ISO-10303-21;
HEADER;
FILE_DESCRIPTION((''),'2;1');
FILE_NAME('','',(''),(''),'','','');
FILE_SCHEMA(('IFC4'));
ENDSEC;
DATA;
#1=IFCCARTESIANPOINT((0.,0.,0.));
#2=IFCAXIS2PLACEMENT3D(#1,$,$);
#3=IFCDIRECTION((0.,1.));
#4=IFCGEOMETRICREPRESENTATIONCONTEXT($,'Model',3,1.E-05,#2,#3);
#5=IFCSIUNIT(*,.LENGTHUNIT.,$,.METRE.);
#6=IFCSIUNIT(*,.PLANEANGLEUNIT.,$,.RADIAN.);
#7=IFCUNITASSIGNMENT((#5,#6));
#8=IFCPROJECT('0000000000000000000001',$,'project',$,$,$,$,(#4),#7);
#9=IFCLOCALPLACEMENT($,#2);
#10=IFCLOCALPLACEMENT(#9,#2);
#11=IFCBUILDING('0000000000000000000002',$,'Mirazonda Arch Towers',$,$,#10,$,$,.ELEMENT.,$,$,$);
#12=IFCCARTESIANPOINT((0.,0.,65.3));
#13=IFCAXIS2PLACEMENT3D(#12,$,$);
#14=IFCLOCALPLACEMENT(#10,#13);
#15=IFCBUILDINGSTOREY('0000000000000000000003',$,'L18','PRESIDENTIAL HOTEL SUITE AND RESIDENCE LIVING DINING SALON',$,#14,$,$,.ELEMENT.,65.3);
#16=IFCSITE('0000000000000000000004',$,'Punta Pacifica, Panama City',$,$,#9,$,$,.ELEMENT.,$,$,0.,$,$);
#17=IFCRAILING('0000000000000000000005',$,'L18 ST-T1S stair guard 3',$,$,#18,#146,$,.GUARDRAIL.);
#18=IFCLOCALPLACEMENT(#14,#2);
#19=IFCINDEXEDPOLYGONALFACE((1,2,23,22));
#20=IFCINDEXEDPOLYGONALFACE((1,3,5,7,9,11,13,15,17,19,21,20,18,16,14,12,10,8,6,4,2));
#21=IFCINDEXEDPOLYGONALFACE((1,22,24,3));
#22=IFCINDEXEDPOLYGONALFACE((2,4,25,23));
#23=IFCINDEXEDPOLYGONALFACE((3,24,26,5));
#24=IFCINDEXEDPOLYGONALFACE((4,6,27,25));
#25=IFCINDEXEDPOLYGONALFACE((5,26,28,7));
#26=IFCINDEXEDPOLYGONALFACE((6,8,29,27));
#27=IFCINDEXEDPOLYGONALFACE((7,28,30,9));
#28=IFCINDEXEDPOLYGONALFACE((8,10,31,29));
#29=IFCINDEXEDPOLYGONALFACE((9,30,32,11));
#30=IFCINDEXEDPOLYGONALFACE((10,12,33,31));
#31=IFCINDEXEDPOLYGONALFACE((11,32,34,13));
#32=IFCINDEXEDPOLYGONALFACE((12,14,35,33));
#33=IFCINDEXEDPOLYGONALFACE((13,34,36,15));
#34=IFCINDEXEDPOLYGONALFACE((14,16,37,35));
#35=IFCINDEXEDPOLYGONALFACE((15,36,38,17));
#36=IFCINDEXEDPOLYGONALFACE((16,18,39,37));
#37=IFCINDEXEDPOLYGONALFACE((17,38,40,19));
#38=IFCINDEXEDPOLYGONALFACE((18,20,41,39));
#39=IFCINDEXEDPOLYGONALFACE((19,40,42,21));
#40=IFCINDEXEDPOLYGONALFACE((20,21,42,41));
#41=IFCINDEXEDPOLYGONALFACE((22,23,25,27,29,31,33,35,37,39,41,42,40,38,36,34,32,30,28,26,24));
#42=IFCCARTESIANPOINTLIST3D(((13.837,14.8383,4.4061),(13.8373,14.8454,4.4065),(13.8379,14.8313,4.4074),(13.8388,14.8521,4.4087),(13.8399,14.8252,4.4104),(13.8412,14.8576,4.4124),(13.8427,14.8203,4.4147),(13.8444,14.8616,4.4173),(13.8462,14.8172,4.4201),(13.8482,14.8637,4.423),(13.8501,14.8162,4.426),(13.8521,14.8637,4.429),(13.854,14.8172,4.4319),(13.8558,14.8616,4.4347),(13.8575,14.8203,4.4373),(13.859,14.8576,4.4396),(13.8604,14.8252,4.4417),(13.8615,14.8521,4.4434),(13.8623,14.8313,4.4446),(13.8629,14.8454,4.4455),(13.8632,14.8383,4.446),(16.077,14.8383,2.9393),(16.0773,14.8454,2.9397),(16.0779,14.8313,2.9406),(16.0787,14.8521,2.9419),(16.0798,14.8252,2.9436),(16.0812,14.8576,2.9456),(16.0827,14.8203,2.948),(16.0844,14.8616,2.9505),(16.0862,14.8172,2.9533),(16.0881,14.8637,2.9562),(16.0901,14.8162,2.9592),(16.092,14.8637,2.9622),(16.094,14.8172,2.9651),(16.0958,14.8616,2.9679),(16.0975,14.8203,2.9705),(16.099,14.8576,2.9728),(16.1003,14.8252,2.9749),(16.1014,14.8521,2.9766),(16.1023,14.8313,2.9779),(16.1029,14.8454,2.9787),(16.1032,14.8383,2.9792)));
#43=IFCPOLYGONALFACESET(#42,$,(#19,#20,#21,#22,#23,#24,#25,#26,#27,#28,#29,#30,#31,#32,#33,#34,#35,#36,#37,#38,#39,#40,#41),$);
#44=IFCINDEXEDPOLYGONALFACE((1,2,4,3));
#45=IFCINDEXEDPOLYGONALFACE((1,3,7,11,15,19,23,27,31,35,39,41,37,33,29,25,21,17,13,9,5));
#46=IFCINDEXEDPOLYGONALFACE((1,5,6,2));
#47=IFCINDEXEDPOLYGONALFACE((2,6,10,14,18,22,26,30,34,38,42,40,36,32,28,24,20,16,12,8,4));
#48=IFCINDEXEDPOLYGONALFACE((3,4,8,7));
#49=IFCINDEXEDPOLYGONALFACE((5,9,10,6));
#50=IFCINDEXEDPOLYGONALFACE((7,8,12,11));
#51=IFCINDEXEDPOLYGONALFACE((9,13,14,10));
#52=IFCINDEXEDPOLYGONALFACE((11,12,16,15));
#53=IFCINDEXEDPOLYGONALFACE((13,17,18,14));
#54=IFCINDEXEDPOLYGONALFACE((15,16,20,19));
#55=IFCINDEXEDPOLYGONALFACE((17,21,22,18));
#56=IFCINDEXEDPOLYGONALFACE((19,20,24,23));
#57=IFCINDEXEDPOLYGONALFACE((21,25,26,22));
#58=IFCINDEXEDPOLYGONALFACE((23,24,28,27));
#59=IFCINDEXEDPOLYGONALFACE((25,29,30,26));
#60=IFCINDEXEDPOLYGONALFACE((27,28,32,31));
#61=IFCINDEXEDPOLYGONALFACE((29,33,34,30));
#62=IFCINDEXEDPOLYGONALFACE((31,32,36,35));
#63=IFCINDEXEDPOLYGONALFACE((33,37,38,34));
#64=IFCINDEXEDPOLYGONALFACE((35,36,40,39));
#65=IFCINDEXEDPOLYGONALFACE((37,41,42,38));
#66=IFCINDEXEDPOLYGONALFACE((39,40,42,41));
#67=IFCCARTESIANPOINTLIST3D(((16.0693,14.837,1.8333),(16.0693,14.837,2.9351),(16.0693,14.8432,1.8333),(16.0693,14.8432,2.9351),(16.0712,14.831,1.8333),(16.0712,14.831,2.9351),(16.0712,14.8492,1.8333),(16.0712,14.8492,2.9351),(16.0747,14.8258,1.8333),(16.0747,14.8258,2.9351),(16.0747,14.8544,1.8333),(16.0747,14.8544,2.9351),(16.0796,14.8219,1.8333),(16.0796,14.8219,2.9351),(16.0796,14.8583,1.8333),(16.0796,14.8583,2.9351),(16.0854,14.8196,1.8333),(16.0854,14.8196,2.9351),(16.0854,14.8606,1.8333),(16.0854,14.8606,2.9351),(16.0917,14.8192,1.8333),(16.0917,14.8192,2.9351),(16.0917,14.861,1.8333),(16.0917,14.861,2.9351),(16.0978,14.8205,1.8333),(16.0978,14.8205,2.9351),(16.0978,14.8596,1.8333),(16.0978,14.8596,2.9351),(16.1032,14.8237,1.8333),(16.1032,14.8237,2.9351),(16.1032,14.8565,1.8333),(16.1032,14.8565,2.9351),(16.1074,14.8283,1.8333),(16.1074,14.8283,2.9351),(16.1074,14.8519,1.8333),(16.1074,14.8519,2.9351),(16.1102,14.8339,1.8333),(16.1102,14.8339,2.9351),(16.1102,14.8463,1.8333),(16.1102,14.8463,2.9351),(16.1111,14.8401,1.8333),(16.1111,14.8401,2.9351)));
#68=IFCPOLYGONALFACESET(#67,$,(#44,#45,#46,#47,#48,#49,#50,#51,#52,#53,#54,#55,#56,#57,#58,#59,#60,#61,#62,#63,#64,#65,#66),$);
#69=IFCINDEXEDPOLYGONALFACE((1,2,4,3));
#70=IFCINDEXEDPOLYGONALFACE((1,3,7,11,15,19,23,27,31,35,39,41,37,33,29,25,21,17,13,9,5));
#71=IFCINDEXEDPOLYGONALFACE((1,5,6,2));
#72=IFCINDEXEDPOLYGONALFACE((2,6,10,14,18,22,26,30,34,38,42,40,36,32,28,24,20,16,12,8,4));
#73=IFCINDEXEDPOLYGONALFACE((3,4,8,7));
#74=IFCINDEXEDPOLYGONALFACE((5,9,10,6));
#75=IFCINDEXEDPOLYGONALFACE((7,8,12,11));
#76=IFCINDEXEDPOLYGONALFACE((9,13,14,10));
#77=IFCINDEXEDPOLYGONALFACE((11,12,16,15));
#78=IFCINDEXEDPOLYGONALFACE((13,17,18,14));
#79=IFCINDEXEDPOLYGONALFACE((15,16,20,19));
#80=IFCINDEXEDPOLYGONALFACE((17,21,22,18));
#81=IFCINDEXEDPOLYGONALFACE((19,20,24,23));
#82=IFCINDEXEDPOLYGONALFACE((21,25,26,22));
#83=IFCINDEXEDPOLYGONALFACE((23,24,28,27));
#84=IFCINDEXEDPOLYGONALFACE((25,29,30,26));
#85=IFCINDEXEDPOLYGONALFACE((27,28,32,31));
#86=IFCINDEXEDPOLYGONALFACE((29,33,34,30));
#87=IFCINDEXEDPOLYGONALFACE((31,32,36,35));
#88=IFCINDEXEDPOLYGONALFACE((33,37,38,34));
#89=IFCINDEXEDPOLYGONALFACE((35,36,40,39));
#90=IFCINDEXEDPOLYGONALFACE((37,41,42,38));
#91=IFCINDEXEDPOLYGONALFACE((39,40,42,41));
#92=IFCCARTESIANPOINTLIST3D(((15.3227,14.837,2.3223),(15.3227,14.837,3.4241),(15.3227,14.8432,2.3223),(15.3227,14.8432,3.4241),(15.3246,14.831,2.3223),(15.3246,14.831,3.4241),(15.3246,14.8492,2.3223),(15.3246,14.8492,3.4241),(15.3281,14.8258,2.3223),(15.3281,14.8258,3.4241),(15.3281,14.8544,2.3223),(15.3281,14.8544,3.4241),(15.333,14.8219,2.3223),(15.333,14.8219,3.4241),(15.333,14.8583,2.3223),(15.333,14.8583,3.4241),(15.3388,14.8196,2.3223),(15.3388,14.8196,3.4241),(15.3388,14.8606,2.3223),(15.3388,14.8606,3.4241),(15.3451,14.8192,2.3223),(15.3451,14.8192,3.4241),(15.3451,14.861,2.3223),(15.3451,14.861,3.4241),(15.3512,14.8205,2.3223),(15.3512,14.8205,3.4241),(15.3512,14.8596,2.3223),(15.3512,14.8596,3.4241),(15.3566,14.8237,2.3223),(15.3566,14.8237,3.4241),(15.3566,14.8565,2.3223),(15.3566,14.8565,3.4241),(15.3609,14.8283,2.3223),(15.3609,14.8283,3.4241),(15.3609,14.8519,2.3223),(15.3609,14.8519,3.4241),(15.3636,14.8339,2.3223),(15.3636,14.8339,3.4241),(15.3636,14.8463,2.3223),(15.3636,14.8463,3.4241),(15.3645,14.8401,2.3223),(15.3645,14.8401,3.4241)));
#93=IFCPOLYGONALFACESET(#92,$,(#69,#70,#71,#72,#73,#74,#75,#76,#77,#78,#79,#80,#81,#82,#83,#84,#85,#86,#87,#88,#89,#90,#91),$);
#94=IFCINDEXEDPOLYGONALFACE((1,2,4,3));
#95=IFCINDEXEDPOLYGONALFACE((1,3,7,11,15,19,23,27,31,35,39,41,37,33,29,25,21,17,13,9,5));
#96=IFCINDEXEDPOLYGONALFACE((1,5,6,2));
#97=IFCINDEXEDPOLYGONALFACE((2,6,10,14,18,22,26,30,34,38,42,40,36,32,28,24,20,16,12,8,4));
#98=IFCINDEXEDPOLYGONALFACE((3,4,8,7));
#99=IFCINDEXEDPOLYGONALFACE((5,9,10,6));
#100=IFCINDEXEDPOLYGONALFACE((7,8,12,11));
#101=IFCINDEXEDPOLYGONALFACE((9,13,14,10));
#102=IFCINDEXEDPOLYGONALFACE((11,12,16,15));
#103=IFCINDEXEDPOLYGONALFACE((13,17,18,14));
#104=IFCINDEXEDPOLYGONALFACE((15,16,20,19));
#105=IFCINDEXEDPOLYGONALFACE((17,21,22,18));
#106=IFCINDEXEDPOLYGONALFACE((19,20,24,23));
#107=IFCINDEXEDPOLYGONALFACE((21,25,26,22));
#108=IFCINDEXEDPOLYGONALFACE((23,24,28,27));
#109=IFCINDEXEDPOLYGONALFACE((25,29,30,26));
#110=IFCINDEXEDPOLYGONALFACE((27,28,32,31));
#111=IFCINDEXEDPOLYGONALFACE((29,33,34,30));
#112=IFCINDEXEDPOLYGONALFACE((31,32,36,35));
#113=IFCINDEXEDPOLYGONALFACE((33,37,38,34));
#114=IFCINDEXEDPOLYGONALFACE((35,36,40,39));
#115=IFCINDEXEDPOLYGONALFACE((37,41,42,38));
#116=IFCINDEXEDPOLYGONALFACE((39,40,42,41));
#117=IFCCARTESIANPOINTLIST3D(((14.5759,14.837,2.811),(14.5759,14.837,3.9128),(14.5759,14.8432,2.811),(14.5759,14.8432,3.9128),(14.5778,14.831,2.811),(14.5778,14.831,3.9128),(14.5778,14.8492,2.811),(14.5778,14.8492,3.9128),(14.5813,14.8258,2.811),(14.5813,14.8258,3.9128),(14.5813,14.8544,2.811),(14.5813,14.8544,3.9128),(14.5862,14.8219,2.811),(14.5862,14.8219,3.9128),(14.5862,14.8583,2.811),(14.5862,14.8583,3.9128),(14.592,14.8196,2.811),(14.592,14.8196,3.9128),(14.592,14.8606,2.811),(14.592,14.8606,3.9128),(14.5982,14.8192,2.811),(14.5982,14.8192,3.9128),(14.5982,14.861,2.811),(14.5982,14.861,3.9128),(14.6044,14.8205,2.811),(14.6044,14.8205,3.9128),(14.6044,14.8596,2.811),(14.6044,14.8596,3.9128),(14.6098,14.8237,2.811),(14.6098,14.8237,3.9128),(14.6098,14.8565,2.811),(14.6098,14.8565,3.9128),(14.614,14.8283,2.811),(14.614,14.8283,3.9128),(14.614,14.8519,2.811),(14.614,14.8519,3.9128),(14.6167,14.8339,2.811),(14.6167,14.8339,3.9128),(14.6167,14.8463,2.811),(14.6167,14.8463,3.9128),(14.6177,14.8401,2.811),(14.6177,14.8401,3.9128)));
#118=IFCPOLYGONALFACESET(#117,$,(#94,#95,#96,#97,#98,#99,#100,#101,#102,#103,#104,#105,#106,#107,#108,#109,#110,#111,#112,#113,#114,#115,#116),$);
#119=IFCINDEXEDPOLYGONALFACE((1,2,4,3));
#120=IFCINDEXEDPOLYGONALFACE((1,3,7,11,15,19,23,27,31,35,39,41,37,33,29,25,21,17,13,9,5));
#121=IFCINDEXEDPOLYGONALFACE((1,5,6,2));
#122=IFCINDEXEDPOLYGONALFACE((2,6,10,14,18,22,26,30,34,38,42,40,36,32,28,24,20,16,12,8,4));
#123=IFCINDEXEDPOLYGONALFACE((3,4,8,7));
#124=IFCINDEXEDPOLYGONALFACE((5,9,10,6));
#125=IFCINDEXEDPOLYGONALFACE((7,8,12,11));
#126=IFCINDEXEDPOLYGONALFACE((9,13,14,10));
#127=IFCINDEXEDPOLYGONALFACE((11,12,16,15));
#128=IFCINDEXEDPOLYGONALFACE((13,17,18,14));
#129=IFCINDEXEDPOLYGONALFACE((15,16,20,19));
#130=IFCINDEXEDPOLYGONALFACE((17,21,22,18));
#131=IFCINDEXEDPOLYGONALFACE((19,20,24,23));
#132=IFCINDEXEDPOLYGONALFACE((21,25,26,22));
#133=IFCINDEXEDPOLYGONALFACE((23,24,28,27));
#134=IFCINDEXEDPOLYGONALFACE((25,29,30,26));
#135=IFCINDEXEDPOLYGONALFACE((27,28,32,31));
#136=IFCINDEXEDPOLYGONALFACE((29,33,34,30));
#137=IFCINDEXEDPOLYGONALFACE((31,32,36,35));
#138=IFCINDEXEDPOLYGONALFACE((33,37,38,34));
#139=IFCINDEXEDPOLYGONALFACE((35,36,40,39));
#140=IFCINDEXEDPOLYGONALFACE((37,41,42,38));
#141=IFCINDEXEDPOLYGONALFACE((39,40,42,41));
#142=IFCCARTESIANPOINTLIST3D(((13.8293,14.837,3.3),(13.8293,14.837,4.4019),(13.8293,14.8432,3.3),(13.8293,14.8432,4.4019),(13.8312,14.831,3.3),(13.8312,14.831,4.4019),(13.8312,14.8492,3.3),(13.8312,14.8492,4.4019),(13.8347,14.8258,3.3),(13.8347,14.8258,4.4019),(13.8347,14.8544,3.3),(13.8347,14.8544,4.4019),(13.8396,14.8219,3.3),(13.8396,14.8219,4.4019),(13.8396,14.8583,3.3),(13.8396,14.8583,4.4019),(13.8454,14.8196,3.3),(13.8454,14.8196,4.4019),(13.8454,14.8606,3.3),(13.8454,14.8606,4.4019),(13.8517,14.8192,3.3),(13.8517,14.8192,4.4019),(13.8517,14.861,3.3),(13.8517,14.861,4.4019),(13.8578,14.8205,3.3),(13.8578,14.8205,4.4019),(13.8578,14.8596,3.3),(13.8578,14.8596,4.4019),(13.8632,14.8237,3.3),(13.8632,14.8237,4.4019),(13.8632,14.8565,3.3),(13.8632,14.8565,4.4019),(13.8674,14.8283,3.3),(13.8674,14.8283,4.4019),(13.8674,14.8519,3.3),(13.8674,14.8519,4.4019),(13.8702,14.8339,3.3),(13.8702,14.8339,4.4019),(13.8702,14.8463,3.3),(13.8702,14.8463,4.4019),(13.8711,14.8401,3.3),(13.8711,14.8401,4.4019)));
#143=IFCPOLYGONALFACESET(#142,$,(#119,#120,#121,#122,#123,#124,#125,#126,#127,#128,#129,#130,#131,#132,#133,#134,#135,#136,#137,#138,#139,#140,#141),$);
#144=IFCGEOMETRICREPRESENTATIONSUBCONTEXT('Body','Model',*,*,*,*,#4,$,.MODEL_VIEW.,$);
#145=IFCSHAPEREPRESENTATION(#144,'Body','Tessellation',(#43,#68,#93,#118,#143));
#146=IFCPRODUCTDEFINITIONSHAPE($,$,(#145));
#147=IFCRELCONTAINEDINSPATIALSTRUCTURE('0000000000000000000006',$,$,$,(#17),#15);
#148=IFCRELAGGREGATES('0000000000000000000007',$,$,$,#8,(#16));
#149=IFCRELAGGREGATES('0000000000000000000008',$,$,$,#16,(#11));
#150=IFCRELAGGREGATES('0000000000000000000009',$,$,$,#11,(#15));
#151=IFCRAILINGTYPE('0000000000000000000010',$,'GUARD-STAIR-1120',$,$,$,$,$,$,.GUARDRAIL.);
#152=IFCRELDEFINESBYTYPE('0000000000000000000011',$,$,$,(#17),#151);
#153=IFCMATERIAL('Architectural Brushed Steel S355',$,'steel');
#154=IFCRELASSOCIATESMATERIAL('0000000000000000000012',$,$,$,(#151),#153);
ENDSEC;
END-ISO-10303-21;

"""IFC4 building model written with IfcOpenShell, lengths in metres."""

from ifc_helpers import new_model, si_unit, direction, frame, origin, origin_2d, place, context, subcontext, project, spatial, circle, extrude, material, type_object, element, save


model = new_model("IFC4")

# Units and contexts
model_context = context("Model", 3, precision=1e-05, world=origin(), true_north=direction((0.0, 1.0)))
body_context = subcontext(model_context, "Body", "Model", "MODEL_VIEW")
ifc_project = project(units=[si_unit("LENGTHUNIT", "METRE"), si_unit("PLANEANGLEUNIT", "RADIAN")], contexts=[model_context])

# Site, building, storey
site_placement = place(None, origin())
site = spatial("IfcSite", under=ifc_project, at=site_placement, Name="Punta Pacifica, Panama City", CompositionType="ELEMENT", RefElevation=0.0)
building_placement = place(site_placement, origin())
building = spatial("IfcBuilding", under=site, at=building_placement, Name="Mirazonda Arch Towers", CompositionType="ELEMENT")
storey_placement = place(building_placement, frame((0.0, 0.0, 65.3)))
storey = spatial("IfcBuildingStorey", under=building, at=storey_placement, Name="L18", Description="PRESIDENTIAL HOTEL SUITE AND RESIDENCE LIVING DINING SALON", CompositionType="ELEMENT", Elevation=65.3)

# Railing
ifc_material_1 = material(Name="Architectural Brushed Steel S355", Category="steel")
railing_type_1 = type_object("IfcRailingType", Name="GUARD-STAIR-1120", PredefinedType="GUARDRAIL", material=ifc_material_1)
railing_1_placement = place(storey_placement, frame((16.0901, 14.8401, 1.8333)))
element("IfcRailing", 1, at=railing_1_placement, inside=storey, type_object=railing_type_1, Name="L18 ST-T1S stair guard 3", PredefinedType="GUARDRAIL", context=body_context, shape_type="SweptSolid", body=[
    extrude(circle(Radius=0.0239, at=origin_2d()), frame((0.0, 0.0, 1.126), z_axis=(-0.836595, 0.0, 0.547822), x_axis=(0.0, -1.0, 0.0)), (0.0, 0.0, 1.0), 2.6775),
    extrude(circle(Radius=0.021, at=origin_2d()), origin(), (0.0, 0.0, 1.0), 1.1018),
    extrude(circle(Radius=0.021, at=origin_2d()), frame((-0.7466, 0.0, 0.489)), (0.0, 0.0, 1.0), 1.1018),
    extrude(circle(Radius=0.021, at=origin_2d()), frame((-1.4934, 0.0, 0.9778)), (0.0, 0.0, 1.0), 1.1018),
    extrude(circle(Radius=0.021, at=origin_2d()), frame((-2.24, 0.0, 1.4668)), (0.0, 0.0, 1.0), 1.1018),
])

save(model, "model.ifc")
